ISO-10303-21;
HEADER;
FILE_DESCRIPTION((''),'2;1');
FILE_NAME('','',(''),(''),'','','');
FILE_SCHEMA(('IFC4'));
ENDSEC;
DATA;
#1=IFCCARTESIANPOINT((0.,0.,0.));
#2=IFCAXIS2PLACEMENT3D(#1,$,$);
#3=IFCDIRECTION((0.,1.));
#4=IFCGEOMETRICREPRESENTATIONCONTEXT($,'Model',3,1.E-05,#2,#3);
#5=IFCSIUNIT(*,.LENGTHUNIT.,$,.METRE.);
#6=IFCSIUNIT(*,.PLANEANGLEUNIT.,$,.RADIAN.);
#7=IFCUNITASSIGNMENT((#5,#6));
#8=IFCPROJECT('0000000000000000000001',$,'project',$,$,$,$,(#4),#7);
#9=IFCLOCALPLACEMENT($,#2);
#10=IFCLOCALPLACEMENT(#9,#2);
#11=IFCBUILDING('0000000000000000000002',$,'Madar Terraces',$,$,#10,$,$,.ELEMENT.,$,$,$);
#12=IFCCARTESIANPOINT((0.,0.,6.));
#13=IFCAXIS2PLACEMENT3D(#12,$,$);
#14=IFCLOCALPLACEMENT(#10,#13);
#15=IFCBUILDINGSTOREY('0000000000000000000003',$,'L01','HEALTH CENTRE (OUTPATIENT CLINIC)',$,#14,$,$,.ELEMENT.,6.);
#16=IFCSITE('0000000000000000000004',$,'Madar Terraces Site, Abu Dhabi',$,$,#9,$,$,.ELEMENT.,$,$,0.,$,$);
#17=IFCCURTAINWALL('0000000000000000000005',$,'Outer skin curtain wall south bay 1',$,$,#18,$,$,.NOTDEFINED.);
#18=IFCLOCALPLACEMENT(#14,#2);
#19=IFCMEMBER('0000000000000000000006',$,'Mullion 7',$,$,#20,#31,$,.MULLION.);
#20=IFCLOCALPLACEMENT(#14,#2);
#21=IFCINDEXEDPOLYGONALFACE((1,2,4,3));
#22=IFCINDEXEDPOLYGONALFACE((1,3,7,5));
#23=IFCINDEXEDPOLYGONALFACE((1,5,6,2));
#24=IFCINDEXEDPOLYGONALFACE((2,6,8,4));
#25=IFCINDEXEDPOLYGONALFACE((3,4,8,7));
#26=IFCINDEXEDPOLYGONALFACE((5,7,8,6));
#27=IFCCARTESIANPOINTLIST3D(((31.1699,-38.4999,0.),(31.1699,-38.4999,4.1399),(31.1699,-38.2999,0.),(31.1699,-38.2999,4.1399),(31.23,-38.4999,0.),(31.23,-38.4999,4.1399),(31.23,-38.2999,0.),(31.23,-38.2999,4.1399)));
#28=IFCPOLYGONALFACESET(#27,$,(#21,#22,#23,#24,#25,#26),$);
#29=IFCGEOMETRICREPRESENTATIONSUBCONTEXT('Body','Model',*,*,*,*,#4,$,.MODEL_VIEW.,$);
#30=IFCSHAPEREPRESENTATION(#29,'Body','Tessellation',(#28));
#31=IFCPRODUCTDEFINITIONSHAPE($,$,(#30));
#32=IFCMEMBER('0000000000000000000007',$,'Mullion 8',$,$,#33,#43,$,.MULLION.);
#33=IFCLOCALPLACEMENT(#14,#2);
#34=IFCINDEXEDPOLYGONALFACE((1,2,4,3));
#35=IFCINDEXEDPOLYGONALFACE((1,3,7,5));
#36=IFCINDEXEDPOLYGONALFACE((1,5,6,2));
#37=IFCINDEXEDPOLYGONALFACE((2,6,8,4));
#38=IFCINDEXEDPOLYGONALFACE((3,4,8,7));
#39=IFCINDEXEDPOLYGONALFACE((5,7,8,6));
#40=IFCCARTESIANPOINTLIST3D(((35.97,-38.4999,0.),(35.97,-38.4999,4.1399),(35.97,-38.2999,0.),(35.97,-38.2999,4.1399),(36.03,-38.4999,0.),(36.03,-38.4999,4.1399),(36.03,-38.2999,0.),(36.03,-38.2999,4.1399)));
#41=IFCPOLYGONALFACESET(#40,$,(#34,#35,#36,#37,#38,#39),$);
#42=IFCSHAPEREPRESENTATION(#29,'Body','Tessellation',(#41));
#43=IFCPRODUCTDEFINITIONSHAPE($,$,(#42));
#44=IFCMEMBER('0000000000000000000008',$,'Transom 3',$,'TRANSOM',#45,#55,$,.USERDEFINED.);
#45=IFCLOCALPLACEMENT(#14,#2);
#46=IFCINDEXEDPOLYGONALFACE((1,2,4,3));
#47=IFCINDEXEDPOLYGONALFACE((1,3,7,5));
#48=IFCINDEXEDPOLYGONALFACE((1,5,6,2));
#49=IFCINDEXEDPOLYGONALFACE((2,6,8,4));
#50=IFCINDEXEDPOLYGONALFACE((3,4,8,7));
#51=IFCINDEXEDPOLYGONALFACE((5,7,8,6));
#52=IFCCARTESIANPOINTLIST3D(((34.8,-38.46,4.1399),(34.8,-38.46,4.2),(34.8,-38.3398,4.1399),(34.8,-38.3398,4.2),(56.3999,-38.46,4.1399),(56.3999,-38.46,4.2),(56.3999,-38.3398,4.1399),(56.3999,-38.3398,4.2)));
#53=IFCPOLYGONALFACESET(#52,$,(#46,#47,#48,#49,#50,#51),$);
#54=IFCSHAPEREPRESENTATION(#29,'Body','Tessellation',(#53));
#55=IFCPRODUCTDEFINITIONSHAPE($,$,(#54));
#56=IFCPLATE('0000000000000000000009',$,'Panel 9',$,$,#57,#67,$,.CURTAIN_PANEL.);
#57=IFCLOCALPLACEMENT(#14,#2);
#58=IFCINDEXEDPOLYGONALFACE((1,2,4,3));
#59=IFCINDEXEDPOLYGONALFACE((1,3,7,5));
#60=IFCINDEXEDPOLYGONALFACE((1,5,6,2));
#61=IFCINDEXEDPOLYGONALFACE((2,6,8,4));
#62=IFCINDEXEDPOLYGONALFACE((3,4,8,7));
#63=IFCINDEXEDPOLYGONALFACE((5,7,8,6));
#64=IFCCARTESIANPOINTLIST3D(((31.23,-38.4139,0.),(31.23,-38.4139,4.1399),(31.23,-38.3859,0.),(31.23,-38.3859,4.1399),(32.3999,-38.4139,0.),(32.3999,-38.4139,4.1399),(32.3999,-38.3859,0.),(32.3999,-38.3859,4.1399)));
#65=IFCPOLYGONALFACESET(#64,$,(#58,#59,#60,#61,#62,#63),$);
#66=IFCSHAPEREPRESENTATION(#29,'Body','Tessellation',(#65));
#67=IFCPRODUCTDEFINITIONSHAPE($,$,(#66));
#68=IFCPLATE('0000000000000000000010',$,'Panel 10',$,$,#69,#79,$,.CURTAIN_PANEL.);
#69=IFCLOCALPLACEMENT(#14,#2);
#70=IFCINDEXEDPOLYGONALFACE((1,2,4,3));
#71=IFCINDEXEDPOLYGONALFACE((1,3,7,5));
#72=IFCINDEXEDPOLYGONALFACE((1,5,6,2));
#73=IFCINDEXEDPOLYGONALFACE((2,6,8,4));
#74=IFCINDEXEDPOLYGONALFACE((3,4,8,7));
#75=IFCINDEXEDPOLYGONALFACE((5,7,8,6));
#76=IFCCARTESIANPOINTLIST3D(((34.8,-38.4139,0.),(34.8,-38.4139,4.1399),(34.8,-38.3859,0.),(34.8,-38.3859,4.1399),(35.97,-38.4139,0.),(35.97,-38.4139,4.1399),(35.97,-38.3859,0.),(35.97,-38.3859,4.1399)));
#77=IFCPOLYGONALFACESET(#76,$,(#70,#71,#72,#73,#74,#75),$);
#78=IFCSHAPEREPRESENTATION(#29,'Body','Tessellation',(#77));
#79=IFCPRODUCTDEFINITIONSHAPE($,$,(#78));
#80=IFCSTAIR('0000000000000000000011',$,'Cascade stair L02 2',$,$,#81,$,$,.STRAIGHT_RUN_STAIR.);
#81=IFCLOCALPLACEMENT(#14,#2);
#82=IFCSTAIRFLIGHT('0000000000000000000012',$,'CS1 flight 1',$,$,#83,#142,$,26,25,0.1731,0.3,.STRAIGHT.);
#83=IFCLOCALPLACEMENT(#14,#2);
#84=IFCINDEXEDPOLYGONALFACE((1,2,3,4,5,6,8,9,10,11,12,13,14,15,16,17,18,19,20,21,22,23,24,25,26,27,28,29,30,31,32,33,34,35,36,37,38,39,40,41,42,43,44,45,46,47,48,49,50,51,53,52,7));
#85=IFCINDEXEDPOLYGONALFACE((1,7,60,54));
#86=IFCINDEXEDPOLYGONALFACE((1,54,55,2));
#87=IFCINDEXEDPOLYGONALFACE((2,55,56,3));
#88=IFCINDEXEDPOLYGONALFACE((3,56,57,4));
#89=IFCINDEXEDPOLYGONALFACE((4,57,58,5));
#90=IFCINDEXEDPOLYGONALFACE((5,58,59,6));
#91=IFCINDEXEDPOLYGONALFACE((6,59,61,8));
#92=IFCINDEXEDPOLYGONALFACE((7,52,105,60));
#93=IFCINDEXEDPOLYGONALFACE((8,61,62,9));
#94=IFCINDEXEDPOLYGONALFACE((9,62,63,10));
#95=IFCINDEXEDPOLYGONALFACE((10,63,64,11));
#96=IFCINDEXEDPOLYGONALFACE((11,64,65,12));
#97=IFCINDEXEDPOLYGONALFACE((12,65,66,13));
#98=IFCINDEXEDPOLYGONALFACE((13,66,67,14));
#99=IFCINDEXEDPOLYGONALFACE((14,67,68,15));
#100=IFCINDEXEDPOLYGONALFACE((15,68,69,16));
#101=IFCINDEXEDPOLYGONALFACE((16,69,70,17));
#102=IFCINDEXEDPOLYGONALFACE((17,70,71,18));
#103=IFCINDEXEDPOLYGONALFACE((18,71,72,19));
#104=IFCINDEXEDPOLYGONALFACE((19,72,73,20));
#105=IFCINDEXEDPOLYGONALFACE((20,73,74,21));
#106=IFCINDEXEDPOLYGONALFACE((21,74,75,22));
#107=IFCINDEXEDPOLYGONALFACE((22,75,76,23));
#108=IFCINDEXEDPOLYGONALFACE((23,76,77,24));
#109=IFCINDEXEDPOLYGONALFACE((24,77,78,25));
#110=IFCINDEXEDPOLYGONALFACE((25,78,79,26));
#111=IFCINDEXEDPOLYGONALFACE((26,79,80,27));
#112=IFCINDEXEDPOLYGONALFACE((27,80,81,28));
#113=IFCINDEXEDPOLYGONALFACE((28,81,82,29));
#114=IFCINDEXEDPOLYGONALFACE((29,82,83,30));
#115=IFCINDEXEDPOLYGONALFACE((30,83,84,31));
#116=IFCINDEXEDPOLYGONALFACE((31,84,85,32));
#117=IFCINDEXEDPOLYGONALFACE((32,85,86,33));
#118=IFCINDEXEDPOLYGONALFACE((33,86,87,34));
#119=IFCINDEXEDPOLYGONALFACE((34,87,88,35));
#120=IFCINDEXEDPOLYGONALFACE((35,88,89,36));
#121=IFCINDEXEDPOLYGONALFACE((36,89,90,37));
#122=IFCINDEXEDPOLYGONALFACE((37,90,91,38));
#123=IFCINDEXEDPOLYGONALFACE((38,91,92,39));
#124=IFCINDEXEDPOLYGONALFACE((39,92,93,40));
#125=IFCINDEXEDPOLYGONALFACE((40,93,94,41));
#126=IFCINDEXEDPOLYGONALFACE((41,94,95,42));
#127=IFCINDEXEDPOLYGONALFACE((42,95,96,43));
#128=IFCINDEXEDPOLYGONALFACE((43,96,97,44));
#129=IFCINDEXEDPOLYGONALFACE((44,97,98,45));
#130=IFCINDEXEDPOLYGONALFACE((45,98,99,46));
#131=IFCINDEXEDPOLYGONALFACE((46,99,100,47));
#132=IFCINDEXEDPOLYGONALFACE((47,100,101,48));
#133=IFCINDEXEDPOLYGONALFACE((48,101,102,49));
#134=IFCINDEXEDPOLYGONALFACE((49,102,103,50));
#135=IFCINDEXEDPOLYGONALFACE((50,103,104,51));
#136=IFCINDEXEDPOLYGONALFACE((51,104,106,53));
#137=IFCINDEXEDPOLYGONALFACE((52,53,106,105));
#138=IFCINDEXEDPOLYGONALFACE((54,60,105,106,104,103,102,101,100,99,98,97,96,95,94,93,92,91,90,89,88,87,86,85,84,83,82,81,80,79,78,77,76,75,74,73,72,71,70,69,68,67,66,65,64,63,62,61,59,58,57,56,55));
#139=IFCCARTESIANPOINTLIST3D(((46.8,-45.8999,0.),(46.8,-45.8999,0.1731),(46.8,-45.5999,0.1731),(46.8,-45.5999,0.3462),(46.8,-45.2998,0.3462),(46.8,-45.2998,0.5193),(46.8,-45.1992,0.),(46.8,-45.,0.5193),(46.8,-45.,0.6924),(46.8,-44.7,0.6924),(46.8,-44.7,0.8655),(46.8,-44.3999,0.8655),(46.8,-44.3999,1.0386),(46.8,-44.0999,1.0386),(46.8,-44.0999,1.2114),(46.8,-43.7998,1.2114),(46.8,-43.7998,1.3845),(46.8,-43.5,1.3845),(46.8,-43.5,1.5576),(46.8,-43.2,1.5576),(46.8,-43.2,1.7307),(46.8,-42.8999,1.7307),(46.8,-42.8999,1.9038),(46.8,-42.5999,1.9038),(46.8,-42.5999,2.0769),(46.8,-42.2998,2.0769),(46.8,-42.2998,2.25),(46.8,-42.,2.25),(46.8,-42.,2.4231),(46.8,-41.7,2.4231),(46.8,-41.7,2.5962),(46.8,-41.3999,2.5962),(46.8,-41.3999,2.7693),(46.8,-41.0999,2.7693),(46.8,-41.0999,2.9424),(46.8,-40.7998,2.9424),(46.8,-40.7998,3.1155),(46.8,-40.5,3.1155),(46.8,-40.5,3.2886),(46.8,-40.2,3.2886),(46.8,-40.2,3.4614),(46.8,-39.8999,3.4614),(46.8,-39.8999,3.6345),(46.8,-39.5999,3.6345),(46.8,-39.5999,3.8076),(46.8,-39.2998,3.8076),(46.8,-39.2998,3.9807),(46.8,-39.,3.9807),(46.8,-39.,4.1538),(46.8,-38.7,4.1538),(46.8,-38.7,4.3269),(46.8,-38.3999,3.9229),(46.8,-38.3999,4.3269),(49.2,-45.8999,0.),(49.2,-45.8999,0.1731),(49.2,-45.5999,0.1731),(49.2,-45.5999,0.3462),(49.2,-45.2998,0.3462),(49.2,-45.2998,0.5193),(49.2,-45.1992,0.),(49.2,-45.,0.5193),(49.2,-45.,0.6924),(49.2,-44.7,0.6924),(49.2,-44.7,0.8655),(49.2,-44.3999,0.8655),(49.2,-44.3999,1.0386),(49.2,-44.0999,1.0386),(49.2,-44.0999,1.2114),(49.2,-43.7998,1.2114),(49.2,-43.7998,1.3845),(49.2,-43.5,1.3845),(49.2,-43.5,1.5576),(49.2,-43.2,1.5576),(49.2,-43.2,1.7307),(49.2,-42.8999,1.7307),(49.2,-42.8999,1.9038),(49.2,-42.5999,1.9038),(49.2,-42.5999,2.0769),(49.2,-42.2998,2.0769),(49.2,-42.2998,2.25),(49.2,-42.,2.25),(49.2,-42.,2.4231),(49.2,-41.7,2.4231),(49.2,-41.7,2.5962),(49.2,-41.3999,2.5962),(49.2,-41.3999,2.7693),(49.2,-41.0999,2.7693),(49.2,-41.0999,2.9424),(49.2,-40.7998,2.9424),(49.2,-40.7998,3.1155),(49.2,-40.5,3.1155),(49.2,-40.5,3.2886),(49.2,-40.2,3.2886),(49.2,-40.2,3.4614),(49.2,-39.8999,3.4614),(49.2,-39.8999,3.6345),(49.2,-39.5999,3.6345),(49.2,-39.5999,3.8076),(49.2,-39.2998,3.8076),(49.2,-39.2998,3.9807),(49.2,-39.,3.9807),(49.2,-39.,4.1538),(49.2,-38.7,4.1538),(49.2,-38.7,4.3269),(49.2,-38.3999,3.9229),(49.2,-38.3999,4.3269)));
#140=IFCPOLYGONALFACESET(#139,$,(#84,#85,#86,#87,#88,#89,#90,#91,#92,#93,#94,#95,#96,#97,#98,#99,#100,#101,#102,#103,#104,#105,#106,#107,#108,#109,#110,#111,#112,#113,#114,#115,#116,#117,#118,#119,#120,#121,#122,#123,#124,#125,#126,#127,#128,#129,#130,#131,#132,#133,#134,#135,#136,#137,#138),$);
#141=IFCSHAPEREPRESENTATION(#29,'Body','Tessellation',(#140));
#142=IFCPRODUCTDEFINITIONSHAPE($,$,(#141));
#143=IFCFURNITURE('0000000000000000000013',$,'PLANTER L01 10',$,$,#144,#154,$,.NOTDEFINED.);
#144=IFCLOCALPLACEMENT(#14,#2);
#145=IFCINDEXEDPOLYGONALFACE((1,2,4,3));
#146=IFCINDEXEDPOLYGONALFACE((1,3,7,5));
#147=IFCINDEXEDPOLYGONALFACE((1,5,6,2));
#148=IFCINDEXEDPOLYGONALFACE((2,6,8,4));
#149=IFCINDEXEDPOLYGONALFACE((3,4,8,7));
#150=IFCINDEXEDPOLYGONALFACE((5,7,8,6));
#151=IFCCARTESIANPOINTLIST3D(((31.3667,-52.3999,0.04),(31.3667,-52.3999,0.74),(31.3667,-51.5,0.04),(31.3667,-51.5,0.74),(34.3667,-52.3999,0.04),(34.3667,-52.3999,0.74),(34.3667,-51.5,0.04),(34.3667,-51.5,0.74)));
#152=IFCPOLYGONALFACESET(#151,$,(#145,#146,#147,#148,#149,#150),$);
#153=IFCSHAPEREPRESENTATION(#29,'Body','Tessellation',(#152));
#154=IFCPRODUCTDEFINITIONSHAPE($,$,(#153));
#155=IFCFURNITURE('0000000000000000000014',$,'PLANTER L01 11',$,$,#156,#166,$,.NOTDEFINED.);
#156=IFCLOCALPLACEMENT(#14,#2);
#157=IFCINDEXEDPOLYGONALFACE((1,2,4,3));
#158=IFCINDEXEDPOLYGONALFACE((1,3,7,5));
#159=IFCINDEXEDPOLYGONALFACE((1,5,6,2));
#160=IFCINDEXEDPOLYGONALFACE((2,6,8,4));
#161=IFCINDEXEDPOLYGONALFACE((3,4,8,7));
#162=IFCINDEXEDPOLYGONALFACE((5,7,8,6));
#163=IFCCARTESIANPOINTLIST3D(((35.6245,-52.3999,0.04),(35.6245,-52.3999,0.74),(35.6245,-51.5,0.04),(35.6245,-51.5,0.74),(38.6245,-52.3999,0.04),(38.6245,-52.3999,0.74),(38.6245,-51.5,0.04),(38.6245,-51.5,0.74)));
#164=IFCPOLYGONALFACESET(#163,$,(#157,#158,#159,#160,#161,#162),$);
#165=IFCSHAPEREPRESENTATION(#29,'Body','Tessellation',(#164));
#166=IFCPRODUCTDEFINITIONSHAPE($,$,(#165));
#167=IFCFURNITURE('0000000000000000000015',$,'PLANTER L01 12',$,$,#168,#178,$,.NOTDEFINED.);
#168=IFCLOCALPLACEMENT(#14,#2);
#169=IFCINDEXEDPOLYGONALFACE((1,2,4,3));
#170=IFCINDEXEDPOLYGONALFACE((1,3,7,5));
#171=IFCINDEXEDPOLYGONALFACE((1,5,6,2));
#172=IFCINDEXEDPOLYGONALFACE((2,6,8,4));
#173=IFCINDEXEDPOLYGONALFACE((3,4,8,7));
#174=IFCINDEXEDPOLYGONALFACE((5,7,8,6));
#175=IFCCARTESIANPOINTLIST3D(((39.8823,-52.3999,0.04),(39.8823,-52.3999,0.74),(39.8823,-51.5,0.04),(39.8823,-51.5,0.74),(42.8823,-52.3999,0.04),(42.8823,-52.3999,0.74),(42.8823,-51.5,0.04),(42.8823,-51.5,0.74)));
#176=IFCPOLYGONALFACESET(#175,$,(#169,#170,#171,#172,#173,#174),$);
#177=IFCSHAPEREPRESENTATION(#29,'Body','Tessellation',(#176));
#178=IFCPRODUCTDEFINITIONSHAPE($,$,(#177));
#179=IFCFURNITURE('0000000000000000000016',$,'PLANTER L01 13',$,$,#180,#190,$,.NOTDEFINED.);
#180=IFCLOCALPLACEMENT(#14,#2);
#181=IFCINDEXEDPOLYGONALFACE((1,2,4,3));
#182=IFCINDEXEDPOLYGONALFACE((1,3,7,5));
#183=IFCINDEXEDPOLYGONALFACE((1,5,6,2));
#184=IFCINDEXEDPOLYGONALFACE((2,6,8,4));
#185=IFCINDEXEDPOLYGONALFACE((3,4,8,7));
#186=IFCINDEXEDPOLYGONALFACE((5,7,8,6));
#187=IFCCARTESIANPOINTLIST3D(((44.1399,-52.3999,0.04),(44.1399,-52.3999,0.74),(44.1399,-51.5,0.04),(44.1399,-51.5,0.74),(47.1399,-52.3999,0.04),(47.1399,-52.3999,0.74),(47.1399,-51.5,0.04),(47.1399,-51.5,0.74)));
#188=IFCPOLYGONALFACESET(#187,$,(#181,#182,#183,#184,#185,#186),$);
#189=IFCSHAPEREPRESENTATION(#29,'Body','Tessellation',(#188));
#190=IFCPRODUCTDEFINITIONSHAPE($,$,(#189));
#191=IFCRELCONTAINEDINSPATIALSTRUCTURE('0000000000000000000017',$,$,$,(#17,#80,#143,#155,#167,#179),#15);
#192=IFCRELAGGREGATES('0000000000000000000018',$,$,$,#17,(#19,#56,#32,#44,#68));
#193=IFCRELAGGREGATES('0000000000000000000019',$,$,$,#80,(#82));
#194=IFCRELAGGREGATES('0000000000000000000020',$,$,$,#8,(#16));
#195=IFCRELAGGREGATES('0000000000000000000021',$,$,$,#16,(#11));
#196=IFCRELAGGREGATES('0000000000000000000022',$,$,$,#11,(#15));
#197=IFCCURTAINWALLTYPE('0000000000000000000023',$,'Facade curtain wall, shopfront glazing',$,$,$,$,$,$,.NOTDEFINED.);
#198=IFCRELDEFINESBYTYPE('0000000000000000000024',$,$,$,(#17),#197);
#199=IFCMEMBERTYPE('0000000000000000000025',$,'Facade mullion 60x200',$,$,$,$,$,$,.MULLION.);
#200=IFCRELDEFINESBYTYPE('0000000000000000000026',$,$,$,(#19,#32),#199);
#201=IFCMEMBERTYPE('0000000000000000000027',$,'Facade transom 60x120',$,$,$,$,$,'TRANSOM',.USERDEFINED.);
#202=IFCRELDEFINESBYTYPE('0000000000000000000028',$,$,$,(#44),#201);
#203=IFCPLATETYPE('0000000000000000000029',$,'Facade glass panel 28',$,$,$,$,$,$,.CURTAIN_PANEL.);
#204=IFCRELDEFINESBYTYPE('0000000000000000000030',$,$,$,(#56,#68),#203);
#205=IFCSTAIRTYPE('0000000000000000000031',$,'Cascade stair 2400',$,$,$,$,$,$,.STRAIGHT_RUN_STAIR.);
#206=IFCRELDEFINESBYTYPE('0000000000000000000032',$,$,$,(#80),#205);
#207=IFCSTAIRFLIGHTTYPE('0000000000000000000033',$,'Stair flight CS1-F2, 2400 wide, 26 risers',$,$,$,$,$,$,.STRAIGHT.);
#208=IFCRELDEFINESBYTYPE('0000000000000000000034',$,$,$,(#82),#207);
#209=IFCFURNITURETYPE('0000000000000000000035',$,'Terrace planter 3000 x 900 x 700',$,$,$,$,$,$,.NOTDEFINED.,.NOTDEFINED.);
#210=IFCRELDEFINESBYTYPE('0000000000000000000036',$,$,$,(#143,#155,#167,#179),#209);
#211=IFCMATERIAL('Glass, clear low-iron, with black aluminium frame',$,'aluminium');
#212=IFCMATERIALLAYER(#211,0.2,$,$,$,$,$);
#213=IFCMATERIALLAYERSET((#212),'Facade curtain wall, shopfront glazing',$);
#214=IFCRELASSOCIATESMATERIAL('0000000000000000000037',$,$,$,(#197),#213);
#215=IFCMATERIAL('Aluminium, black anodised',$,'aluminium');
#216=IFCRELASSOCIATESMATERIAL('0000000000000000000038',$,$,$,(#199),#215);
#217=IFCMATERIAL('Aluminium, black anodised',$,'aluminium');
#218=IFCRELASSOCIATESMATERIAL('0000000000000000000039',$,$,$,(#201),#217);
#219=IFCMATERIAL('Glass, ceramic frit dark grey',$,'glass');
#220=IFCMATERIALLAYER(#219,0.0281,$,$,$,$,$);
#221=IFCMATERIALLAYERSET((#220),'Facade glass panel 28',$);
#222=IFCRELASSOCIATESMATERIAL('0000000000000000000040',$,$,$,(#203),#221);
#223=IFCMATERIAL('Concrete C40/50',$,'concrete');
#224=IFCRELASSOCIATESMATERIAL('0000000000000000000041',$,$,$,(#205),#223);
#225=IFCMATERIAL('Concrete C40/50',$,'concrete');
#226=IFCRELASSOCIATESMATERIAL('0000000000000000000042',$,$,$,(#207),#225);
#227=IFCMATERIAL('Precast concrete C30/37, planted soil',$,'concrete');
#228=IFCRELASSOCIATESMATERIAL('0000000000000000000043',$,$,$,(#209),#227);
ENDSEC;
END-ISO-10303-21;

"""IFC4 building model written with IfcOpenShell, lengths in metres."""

from ifc_helpers import new_model, si_unit, direction, frame, origin, origin_2d, place, context, subcontext, project, spatial, polyline, rectangle, outline, extrude, material, layer, layer_set, material_profile, profile_set, type_object, element, aggregate, save


model = new_model("IFC4")

# Units and contexts
model_context = context("Model", 3, precision=1e-05, world=origin(), true_north=direction((0.0, 1.0)))
body_context = subcontext(model_context, "Body", "Model", "MODEL_VIEW")
ifc_project = project(units=[si_unit("LENGTHUNIT", "METRE"), si_unit("PLANEANGLEUNIT", "RADIAN")], contexts=[model_context])

# Site, building, storey
site_placement = place(None, origin())
site = spatial("IfcSite", under=ifc_project, at=site_placement, Name="Madar Terraces Site, Abu Dhabi", CompositionType="ELEMENT", RefElevation=0.0)
building_placement = place(site_placement, origin())
building = spatial("IfcBuilding", under=site, at=building_placement, Name="Madar Terraces", CompositionType="ELEMENT")
storey_placement = place(building_placement, frame((0.0, 0.0, 6.0)))
storey = spatial("IfcBuildingStorey", under=building, at=storey_placement, Name="L01", Description="HEALTH CENTRE (OUTPATIENT CLINIC)", CompositionType="ELEMENT", Elevation=6.0)

# Curtain wall, members, plates
ifc_material_1 = material(Name="Glass, clear low-iron, with black aluminium frame", Category="aluminium")
ifc_layer_1 = layer(ifc_material_1, 0.2)
ifc_layer_set_1 = layer_set([ifc_layer_1], Name="Facade curtain wall, shopfront glazing")
curtain_wall_type = type_object("IfcCurtainWallType", Name="Facade curtain wall, shopfront glazing", PredefinedType="NOTDEFINED", material=ifc_layer_set_1)
curtain_wall_placement = place(storey_placement, origin())
curtain_wall = element("IfcCurtainWall", 1, at=curtain_wall_placement, inside=storey, type_object=curtain_wall_type, Name="Outer skin curtain wall south bay 1", PredefinedType="NOTDEFINED")
ifc_material_2 = material(Name="Aluminium, black anodised", Category="aluminium")
ifc_material_profile_1 = material_profile(ifc_material_2, rectangle(XDim=0.2, YDim=0.0601, at=origin_2d()), Name="Facade mullion 60x200")
ifc_profile_set_1 = profile_set([ifc_material_profile_1], Name="Aluminium, black anodised")
member_type_1 = type_object("IfcMemberType", Name="Facade mullion 60x200", PredefinedType="MULLION", material=ifc_profile_set_1)
member_1_placement = place(storey_placement, frame((31.2, -38.3999, 0.0), z_axis=(0.0, 0.0, 1.0), x_axis=(0.0, 1.0, 0.0)))
member_1 = element("IfcMember", 2, at=member_1_placement, type_object=member_type_1, Name="Mullion 7", PredefinedType="MULLION", context=body_context, shape_type="SweptSolid", body=[
    extrude(rectangle(XDim=0.2, YDim=0.0601, at=origin_2d()), origin(), (0.0, 0.0, 1.0), 4.1399),
])
member_2_placement = place(storey_placement, frame((36.0, -38.3999, 0.0), z_axis=(0.0, 0.0, 1.0), x_axis=(0.0, 1.0, 0.0)))
member_2 = element("IfcMember", 3, at=member_2_placement, type_object=member_type_1, Name="Mullion 8", PredefinedType="MULLION", context=body_context, shape_type="SweptSolid", body=[
    extrude(rectangle(XDim=0.2, YDim=0.0601, at=origin_2d()), origin(), (0.0, 0.0, 1.0), 4.1399),
])
ifc_material_3 = material(Name="Aluminium, black anodised", Category="aluminium")
ifc_material_profile_2 = material_profile(ifc_material_3, rectangle(XDim=0.1201, YDim=0.0601, at=origin_2d()), Name="Facade transom 60x120")
ifc_profile_set_2 = profile_set([ifc_material_profile_2], Name="Aluminium, black anodised")
member_type_2 = type_object("IfcMemberType", Name="Facade transom 60x120", ElementType="TRANSOM", PredefinedType="USERDEFINED", material=ifc_profile_set_2)
member_3_placement = place(storey_placement, frame((34.8, -38.3999, 4.1699), z_axis=(1.0, 0.0, 0.0), x_axis=(0.0, 1.0, 0.0)))
member_3 = element("IfcMember", 4, at=member_3_placement, type_object=member_type_2, Name="Transom 3", ObjectType="TRANSOM", PredefinedType="USERDEFINED", context=body_context, shape_type="SweptSolid", body=[
    extrude(rectangle(XDim=0.1201, YDim=0.0601, at=origin_2d()), origin(), (0.0, 0.0, 1.0), 21.5999),
])
ifc_material_4 = material(Name="Glass, ceramic frit dark grey", Category="glass")
ifc_layer_2 = layer(ifc_material_4, 0.0281)
ifc_layer_set_2 = layer_set([ifc_layer_2], Name="Facade glass panel 28")
plate_type = type_object("IfcPlateType", Name="Facade glass panel 28", PredefinedType="CURTAIN_PANEL", material=ifc_layer_set_2)
plate_1_placement = place(storey_placement, frame((31.8149, -38.3999, 0.0), z_axis=(0.0, 0.0, 1.0), x_axis=(1.0, 0.0, 0.0)))
plate_1 = element("IfcPlate", 5, at=plate_1_placement, type_object=plate_type, Name="Panel 9", PredefinedType="CURTAIN_PANEL", context=body_context, shape_type="SweptSolid", body=[
    extrude(rectangle(XDim=1.1699, YDim=0.0281, at=origin_2d()), origin(), (0.0, 0.0, 1.0), 4.1399),
])
plate_2_placement = place(storey_placement, frame((35.385, -38.3999, 0.0), z_axis=(0.0, 0.0, 1.0), x_axis=(1.0, 0.0, 0.0)))
plate_2 = element("IfcPlate", 6, at=plate_2_placement, type_object=plate_type, Name="Panel 10", PredefinedType="CURTAIN_PANEL", context=body_context, shape_type="SweptSolid", body=[
    extrude(rectangle(XDim=1.1699, YDim=0.0281, at=origin_2d()), origin(), (0.0, 0.0, 1.0), 4.1399),
])
aggregate(curtain_wall, [member_1, plate_1, member_2, member_3, plate_2])

# Stair, stair flight
ifc_material_5 = material(Name="Concrete C40/50", Category="concrete")
stair_type = type_object("IfcStairType", Name="Cascade stair 2400", PredefinedType="STRAIGHT_RUN_STAIR", material=ifc_material_5)
stair_placement = place(storey_placement, origin())
stair = element("IfcStair", 7, at=stair_placement, inside=storey, type_object=stair_type, Name="Cascade stair L02 2", PredefinedType="STRAIGHT_RUN_STAIR")
ifc_material_6 = material(Name="Concrete C40/50", Category="concrete")
stair_flight_type = type_object("IfcStairFlightType", Name="Stair flight CS1-F2, 2400 wide, 26 risers", PredefinedType="STRAIGHT", material=ifc_material_6)
stair_flight_placement = place(storey_placement, frame((48.0, -45.8999, 0.0), z_axis=(0.0, 0.0, 1.0), x_axis=(0.0, 1.0, 0.0)))
stair_flight = element("IfcStairFlight", 8, at=stair_flight_placement, type_object=stair_flight_type, Name="CS1 flight 1", NumberOfRisers=26, NumberOfTreads=25, PredefinedType="STRAIGHT", RiserHeight=0.1731, TreadLength=0.3, context=body_context, shape_type="SweptSolid", body=[
    extrude(outline(polyline([(0.0, 0.0), (0.0, 0.1731), (0.3, 0.1731), (0.3, 0.3462), (0.6001, 0.3462), (0.6001, 0.5193), (0.8999, 0.5193), (0.8999, 0.6924), (1.2, 0.6924), (1.2, 0.8655), (1.5, 0.8655), (1.5, 1.0386), (1.8, 1.0386), (1.8, 1.2114), (2.1001, 1.2114), (2.1001, 1.3845), (2.3999, 1.3845), (2.3999, 1.5576), (2.7, 1.5576), (2.7, 1.7307), (3.0, 1.7307), (3.0, 1.9038), (3.3, 1.9038), (3.3, 2.0769), (3.6001, 2.0769), (3.6001, 2.25), (3.8999, 2.25), (3.8999, 2.4231), (4.2, 2.4231), (4.2, 2.5962), (4.5, 2.5962), (4.5, 2.7693), (4.8, 2.7693), (4.8, 2.9424), (5.1001, 2.9424), (5.1001, 3.1155), (5.3999, 3.1155), (5.3999, 3.2886), (5.7, 3.2886), (5.7, 3.4614), (6.0, 3.4614), (6.0, 3.6345), (6.3, 3.6345), (6.3, 3.8076), (6.6001, 3.8076), (6.6001, 3.9807), (6.8999, 3.9807), (6.8999, 4.1538), (7.2, 4.1538), (7.2, 4.3269), (7.5, 4.3269), (7.5, 4.5), (7.5, 3.9229), (0.7007, 0.0), (0.0, 0.0)])), frame((0.0, 1.2, 0.0), z_axis=(0.0, -1.0, 0.0), x_axis=(1.0, 0.0, 0.0)), (0.0, 0.0, 1.0), 2.3999),
])
aggregate(stair, [stair_flight])

# Furniture
ifc_material_7 = material(Name="Precast concrete C30/37, planted soil", Category="concrete")
furniture_type = type_object("IfcFurnitureType", Name="Terrace planter 3000 x 900 x 700", AssemblyPlace="NOTDEFINED", PredefinedType="NOTDEFINED", material=ifc_material_7)
for number, where, z_axis, x_axis, name in (
    (9, (32.8667, -51.95, 0.04), (0.0, 0.0, 1.0), (1.0, 0.0, 0.0), "PLANTER L01 10"),
    (10, (37.1245, -51.95, 0.04), (0.0, 0.0, 1.0), (1.0, 0.0, 0.0), "PLANTER L01 11"),
    (11, (41.3823, -51.95, 0.04), (0.0, 0.0, 1.0), (1.0, 0.0, 0.0), "PLANTER L01 12"),
    (12, (45.6399, -51.95, 0.04), (0.0, 0.0, 1.0), (1.0, 0.0, 0.0), "PLANTER L01 13"),
):
    element("IfcFurniture", number, at=place(storey_placement, frame(where, z_axis=z_axis, x_axis=x_axis)), inside=storey, type_object=furniture_type, Name=name, PredefinedType="NOTDEFINED", context=body_context, shape_type="SweptSolid", body=[
        extrude(rectangle(XDim=3.0, YDim=0.8999, at=origin_2d()), origin(), (0.0, 0.0, 1.0), 0.7),
    ])

save(model, "model.ifc")
